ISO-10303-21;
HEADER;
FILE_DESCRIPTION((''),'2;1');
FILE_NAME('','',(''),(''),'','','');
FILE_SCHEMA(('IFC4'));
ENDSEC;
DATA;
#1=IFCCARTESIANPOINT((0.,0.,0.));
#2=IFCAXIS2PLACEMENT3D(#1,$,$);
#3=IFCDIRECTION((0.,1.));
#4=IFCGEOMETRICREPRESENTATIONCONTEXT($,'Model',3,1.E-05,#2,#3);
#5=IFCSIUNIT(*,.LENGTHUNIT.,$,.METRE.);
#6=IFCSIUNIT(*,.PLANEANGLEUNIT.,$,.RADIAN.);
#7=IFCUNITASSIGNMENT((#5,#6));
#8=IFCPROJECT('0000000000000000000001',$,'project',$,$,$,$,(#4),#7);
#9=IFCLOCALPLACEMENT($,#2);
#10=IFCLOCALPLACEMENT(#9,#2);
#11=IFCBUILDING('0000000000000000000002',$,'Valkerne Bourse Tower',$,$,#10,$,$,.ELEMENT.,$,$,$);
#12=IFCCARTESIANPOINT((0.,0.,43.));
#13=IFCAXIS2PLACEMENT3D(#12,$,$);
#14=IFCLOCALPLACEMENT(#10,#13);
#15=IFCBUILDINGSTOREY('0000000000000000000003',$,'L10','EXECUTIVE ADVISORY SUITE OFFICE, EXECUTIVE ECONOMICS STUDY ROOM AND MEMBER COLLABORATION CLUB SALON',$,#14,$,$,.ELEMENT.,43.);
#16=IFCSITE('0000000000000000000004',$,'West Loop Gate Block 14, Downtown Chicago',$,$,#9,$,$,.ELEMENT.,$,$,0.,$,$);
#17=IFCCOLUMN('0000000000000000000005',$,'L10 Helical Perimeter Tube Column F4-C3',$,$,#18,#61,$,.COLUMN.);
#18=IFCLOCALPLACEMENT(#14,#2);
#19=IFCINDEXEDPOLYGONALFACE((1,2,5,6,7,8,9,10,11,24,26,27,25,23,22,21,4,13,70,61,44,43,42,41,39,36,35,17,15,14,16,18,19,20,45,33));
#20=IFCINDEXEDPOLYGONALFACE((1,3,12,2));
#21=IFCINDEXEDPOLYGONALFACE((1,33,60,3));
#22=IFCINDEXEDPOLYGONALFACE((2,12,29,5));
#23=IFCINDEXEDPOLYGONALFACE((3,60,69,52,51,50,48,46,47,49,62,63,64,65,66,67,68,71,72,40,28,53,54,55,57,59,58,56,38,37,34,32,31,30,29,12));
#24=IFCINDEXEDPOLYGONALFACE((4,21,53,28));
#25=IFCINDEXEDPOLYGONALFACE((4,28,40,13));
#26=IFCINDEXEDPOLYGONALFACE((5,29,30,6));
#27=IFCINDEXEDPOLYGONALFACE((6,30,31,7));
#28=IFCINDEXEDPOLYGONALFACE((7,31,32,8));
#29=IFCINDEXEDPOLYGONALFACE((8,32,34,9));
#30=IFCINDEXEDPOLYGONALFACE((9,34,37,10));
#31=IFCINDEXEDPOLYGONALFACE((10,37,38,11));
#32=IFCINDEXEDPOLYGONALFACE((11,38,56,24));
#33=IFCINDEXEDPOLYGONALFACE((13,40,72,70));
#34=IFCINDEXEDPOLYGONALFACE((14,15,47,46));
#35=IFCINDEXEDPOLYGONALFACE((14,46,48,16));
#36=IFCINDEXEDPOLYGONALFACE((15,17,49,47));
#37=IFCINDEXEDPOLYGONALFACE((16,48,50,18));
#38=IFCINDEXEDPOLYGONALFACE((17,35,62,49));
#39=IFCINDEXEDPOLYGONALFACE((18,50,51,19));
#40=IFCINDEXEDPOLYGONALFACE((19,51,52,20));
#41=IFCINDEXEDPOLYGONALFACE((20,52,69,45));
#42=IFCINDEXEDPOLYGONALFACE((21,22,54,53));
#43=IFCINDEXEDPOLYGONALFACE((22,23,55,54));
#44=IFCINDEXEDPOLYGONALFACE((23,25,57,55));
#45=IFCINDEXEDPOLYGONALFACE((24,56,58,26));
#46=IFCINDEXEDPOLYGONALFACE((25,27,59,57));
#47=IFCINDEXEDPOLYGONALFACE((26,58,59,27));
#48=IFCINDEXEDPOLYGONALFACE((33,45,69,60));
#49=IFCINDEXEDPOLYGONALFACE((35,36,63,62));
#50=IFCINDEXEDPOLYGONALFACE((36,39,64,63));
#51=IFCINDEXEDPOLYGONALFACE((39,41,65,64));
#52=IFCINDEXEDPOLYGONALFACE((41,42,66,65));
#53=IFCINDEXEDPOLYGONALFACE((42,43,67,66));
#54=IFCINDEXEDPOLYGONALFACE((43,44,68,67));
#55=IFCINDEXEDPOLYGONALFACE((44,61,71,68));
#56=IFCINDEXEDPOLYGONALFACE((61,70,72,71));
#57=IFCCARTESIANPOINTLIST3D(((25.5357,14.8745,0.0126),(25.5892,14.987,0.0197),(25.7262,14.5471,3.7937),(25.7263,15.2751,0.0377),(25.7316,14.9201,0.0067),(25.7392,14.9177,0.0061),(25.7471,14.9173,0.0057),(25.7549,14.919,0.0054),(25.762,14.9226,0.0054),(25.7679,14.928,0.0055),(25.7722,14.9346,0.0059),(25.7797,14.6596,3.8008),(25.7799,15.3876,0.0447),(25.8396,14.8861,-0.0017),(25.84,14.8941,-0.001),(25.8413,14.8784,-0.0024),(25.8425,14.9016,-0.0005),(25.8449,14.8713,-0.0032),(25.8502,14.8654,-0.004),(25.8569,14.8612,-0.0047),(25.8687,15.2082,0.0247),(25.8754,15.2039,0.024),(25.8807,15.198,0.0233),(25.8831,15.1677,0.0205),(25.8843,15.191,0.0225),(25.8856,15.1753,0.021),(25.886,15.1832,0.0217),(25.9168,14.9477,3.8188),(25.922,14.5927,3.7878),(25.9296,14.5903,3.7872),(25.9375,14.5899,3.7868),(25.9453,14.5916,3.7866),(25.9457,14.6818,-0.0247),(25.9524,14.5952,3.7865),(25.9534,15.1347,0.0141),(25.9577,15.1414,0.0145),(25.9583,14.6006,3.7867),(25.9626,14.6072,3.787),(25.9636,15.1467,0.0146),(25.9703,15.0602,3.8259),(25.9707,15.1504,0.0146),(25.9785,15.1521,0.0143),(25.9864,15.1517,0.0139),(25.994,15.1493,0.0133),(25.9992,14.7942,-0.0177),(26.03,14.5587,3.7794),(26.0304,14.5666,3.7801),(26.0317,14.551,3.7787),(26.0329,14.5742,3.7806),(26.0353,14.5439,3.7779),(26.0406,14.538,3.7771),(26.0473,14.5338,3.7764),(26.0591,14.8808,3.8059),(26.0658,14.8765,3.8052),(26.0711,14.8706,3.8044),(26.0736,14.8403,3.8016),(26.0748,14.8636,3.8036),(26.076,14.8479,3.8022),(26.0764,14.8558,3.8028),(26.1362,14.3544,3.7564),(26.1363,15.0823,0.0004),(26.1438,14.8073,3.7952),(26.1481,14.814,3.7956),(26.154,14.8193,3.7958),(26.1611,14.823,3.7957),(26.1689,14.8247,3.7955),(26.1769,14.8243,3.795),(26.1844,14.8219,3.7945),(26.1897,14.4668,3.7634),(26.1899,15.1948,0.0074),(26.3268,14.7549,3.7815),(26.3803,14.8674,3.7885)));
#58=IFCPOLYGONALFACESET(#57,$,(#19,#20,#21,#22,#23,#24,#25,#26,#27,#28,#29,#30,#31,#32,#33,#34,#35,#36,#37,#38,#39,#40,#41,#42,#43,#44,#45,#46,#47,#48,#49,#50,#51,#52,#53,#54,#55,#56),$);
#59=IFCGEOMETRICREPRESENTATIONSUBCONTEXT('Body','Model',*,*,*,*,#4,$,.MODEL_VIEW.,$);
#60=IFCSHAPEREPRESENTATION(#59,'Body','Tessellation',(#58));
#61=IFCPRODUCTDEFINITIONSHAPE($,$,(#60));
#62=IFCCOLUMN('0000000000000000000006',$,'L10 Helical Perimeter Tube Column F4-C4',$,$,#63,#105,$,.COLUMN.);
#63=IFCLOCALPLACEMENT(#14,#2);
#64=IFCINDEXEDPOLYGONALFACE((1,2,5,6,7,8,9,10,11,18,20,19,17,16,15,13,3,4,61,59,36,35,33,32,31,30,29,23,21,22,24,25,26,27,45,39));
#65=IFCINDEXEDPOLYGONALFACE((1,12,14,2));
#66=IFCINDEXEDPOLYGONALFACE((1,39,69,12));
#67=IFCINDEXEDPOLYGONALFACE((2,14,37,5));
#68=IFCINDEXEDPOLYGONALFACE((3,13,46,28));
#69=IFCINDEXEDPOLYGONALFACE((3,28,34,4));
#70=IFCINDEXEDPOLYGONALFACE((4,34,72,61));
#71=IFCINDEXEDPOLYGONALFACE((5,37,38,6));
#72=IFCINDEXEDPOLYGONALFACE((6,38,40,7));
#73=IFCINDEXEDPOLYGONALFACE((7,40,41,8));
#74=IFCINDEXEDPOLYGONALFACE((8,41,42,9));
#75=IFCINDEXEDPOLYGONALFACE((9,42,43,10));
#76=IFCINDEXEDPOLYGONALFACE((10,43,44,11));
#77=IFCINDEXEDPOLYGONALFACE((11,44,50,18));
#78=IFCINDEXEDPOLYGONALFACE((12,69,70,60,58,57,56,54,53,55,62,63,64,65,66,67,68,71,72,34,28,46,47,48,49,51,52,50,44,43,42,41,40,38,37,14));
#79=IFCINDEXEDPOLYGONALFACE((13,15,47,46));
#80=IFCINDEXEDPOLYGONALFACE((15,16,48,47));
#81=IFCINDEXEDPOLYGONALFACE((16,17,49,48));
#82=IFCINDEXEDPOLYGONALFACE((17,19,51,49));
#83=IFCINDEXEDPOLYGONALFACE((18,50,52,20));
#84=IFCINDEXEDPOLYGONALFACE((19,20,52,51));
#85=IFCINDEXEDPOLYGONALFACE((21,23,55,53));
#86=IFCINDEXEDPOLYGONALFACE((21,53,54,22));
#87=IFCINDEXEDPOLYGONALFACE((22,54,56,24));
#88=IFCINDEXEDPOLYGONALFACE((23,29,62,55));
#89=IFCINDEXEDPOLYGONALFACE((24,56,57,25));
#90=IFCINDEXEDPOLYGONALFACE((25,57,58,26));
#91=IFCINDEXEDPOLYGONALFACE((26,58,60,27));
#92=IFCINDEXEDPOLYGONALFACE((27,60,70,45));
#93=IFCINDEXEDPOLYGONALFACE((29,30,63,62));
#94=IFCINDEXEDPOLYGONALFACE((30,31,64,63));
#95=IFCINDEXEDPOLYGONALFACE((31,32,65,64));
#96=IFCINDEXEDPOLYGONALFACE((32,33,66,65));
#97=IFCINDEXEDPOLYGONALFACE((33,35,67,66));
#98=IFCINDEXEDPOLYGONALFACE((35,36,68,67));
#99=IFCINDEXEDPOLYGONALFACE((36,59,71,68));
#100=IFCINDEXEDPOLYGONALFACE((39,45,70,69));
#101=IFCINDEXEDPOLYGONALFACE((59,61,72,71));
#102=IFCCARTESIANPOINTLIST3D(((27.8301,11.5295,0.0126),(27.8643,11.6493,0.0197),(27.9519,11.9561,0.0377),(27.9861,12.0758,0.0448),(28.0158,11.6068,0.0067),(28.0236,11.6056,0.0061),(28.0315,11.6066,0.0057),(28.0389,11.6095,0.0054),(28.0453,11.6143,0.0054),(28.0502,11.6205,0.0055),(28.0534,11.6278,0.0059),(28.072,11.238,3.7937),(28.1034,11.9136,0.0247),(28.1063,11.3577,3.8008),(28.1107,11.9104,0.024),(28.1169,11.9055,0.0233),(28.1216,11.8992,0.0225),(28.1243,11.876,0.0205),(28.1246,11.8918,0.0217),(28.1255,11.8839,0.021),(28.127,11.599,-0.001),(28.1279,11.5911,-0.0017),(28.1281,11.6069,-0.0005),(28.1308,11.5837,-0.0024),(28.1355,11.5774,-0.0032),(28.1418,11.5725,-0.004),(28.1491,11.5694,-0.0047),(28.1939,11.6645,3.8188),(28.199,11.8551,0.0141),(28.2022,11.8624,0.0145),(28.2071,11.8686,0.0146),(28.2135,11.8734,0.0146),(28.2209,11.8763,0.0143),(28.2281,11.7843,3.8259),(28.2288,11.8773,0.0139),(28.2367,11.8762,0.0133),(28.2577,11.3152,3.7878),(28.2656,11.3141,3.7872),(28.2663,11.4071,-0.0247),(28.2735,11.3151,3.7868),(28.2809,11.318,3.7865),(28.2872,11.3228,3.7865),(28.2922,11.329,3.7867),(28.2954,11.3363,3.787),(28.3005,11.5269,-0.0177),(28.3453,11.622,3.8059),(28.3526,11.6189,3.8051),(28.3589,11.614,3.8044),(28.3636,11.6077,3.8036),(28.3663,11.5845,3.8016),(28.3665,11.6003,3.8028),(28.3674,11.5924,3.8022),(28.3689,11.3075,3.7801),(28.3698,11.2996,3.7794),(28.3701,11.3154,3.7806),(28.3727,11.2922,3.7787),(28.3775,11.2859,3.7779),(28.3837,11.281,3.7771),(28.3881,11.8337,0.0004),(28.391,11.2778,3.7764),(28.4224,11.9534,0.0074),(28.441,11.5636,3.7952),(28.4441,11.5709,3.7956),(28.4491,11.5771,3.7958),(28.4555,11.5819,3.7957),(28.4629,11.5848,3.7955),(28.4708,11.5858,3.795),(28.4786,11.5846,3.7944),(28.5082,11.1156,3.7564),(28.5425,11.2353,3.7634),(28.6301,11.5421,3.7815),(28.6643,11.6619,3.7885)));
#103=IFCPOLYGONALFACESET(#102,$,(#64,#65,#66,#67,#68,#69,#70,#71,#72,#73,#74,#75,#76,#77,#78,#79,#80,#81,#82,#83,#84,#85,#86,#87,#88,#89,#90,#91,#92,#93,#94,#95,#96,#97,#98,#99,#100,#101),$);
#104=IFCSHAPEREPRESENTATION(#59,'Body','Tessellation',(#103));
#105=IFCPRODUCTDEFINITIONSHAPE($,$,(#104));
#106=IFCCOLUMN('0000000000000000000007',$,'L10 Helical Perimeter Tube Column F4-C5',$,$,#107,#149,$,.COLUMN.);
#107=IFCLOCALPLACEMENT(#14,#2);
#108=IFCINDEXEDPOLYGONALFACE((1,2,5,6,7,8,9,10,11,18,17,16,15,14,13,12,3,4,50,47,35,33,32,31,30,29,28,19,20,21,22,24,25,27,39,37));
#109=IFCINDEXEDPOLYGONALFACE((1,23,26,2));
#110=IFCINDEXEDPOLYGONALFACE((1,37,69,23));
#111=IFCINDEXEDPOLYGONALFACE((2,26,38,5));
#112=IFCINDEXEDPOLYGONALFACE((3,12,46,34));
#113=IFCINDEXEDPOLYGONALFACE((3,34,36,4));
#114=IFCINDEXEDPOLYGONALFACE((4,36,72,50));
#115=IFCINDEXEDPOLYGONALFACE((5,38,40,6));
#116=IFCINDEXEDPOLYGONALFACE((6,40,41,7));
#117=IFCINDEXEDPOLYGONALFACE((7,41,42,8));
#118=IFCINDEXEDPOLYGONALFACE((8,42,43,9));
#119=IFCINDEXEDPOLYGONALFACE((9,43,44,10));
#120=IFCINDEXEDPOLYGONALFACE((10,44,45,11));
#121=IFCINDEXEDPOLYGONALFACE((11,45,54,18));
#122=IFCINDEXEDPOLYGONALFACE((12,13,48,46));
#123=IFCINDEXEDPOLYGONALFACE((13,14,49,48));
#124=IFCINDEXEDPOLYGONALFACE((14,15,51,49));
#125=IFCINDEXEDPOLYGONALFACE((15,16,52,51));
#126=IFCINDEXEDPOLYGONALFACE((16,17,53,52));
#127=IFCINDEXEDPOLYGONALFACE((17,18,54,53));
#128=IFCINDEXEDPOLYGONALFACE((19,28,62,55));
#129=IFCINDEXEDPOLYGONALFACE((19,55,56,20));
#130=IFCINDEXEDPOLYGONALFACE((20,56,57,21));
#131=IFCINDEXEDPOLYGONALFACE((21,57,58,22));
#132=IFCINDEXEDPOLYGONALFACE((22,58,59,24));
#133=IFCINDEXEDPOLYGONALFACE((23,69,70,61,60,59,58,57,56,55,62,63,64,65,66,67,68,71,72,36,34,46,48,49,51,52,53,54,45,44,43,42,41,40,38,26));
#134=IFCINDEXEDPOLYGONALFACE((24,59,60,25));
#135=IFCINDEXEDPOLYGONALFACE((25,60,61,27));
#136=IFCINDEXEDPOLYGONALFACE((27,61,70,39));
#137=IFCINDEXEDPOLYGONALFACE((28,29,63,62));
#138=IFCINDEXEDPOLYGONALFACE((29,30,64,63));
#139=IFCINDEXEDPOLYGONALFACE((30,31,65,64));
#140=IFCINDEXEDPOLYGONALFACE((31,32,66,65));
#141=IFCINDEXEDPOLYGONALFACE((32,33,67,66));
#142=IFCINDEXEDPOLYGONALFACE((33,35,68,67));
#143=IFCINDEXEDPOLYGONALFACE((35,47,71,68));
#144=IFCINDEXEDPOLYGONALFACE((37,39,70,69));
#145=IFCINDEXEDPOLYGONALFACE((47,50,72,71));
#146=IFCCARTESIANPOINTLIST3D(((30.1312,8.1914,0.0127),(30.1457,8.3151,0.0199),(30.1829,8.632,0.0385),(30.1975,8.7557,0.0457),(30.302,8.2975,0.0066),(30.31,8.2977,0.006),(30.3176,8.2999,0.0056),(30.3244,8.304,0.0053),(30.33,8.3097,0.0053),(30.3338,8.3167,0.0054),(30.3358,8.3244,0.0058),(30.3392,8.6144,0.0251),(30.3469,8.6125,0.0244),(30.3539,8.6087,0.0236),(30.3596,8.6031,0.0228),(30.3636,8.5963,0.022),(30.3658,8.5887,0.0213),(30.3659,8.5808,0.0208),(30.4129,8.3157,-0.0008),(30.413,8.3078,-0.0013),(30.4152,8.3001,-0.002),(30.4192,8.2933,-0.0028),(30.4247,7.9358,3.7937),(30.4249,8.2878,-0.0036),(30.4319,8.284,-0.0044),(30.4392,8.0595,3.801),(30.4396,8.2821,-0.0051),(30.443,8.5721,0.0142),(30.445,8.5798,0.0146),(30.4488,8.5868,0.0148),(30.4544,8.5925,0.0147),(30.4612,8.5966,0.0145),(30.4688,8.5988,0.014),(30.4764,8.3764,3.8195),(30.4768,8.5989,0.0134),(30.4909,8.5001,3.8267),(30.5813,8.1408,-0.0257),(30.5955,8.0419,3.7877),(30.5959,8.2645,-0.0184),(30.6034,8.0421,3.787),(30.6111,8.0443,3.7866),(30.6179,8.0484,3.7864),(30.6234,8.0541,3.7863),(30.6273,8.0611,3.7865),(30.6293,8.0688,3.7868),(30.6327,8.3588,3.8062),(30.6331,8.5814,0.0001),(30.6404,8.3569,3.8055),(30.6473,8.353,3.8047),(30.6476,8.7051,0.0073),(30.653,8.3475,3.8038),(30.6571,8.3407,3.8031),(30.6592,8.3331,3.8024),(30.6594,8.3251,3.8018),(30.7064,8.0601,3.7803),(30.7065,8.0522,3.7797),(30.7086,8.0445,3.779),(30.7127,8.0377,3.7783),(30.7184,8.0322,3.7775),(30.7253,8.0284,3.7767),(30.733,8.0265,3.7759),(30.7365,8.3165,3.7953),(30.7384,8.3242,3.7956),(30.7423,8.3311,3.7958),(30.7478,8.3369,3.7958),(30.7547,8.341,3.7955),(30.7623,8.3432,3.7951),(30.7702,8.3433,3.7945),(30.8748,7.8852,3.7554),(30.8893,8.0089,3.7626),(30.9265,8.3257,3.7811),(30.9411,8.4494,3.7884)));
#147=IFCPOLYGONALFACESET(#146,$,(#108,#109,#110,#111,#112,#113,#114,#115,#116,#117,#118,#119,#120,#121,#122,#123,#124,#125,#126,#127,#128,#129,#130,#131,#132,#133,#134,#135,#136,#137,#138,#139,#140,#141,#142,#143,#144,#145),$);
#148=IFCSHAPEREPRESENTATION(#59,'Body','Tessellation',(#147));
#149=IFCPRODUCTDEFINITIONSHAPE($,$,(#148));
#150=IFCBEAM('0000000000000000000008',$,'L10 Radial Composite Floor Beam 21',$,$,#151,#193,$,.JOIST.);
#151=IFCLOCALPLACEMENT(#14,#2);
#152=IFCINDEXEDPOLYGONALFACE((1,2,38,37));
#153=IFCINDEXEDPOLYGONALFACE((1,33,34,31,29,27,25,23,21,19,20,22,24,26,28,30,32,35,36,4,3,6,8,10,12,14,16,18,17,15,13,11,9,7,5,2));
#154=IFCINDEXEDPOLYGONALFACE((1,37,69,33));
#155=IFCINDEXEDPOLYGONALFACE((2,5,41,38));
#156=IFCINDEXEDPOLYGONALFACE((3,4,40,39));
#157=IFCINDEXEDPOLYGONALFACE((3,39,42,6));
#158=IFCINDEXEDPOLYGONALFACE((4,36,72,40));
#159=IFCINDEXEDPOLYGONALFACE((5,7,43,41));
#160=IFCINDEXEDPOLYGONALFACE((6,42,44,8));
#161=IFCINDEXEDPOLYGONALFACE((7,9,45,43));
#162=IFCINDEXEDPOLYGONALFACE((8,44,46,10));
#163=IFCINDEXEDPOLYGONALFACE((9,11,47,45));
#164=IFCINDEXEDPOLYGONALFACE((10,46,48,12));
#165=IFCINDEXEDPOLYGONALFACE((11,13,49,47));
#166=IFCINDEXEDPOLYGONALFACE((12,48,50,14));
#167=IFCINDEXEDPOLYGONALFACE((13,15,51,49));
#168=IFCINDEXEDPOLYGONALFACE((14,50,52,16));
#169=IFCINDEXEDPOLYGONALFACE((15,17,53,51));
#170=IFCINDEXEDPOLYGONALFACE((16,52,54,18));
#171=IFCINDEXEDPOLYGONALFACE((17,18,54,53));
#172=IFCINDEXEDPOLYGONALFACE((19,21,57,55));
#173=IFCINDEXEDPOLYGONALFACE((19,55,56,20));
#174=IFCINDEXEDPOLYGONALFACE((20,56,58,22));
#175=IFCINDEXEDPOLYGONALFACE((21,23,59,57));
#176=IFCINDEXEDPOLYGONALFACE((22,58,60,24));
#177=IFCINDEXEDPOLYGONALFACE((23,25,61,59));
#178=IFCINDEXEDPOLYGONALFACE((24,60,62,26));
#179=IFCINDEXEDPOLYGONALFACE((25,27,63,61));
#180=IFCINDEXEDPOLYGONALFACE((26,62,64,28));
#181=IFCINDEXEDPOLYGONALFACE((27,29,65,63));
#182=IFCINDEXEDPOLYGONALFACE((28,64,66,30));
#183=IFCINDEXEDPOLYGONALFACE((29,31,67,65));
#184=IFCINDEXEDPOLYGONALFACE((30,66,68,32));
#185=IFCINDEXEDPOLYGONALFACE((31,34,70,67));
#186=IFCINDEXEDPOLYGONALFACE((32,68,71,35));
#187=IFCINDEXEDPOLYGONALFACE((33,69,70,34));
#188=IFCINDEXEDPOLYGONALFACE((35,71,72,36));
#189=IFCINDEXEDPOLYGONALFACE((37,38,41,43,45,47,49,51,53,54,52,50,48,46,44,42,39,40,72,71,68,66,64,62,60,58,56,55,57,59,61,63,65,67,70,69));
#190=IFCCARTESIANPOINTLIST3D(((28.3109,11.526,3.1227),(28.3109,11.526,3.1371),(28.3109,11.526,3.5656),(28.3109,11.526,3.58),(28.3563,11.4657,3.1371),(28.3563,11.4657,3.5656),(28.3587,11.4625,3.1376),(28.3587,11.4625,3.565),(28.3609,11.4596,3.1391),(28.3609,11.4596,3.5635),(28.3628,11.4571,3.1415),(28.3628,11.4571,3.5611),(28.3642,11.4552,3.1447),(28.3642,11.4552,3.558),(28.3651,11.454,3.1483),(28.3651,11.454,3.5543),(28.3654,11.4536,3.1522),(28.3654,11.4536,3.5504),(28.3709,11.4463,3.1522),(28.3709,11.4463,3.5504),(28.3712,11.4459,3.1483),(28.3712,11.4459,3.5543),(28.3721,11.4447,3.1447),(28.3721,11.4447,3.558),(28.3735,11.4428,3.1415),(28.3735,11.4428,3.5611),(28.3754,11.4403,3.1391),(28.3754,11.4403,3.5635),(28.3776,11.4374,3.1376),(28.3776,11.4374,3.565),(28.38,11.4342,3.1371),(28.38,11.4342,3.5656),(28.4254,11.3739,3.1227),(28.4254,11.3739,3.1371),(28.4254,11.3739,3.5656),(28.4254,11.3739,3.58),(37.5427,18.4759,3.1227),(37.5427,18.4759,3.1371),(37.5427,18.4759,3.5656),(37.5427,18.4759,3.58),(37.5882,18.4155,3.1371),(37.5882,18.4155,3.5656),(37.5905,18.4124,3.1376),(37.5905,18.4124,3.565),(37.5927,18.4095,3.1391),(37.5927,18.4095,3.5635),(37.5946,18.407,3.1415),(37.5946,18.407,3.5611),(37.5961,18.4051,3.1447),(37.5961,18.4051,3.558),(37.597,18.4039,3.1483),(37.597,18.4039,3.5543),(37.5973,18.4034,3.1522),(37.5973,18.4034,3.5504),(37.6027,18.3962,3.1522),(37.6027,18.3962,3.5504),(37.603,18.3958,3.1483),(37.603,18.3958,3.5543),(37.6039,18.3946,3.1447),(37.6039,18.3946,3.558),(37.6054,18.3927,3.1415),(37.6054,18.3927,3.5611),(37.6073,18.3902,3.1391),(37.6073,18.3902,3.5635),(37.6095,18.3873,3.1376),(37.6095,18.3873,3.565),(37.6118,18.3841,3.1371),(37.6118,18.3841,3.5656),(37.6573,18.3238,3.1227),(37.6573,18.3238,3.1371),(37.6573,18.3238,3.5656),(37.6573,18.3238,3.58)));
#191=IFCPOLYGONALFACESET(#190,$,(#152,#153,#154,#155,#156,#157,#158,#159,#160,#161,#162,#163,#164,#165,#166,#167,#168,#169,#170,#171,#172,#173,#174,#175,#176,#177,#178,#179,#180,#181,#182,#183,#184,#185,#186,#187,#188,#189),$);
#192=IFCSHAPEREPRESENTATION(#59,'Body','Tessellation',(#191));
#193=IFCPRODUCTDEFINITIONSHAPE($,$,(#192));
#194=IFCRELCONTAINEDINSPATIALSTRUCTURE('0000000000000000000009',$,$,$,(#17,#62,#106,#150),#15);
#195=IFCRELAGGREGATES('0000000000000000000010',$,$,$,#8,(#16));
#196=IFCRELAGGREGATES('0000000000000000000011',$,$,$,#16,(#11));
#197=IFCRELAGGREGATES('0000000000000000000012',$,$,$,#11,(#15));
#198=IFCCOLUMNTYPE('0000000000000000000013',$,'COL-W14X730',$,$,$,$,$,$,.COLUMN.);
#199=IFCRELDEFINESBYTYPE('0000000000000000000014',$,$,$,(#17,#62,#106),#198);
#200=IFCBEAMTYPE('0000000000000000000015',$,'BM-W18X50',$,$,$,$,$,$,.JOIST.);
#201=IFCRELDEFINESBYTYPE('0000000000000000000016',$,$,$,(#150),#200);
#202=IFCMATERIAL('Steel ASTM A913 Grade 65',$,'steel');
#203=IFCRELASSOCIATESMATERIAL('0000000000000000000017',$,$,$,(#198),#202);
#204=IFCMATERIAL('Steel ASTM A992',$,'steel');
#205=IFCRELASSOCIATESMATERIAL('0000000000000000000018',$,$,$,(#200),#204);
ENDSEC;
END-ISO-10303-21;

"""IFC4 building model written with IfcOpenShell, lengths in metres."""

from ifc_helpers import new_model, si_unit, direction, frame, origin, origin_2d, place, context, subcontext, project, spatial, i_section, extrude, material, material_profile, profile_set, type_object, element, save


model = new_model("IFC4")

# Units and contexts
model_context = context("Model", 3, precision=1e-05, world=origin(), true_north=direction((0.0, 1.0)))
body_context = subcontext(model_context, "Body", "Model", "MODEL_VIEW")
ifc_project = project(units=[si_unit("LENGTHUNIT", "METRE"), si_unit("PLANEANGLEUNIT", "RADIAN")], contexts=[model_context])

# Site, building, storey
site_placement = place(None, origin())
site = spatial("IfcSite", under=ifc_project, at=site_placement, Name="West Loop Gate Block 14, Downtown Chicago", CompositionType="ELEMENT", RefElevation=0.0)
building_placement = place(site_placement, origin())
building = spatial("IfcBuilding", under=site, at=building_placement, Name="Valkerne Bourse Tower", CompositionType="ELEMENT")
storey_placement = place(building_placement, frame((0.0, 0.0, 43.0)))
storey = spatial("IfcBuildingStorey", under=building, at=storey_placement, Name="L10", Description="EXECUTIVE ADVISORY SUITE OFFICE, EXECUTIVE ECONOMICS STUDY ROOM AND MEMBER COLLABORATION CLUB SALON", CompositionType="ELEMENT", Elevation=43.0)

# Columns
ifc_material_1 = material(Name="Steel ASTM A913 Grade 65", Category="steel")
ifc_material_profile_1 = material_profile(ifc_material_1, i_section(OverallWidth=0.4546, OverallDepth=0.5691, WebThickness=0.0779, FlangeThickness=0.1248, FilletRadius=0.0305, at=origin_2d()), Name="W14X730")
ifc_profile_set_1 = profile_set([ifc_material_profile_1], Name="Steel ASTM A913 Grade 65")
column_type = type_object("IfcColumnType", Name="COL-W14X730", PredefinedType="COLUMN", material=ifc_profile_set_1)
for number, where, z_axis, x_axis, name in (
    (1, (25.8628, 15.0347, 0.01), (0.050114, -0.086158, 0.99502), (0.901905, -0.424053, -0.082142), "L10 Helical Perimeter Tube Column F4-C3"),
    (2, (28.1262, 11.7415, 0.01), (0.06367, -0.076713, 0.995018), (0.959558, -0.269254, -0.08216), "L10 Helical Perimeter Tube Column F4-C4"),
):
    element("IfcColumn", number, at=place(storey_placement, frame(where, z_axis=z_axis, x_axis=x_axis)), inside=storey, type_object=column_type, Name=name, PredefinedType="COLUMN", context=body_context, shape_type="SweptSolid", body=[
        extrude(i_section(OverallWidth=0.4546, OverallDepth=0.5691, WebThickness=0.0779, FlangeThickness=0.1248, FilletRadius=0.0305, at=origin_2d()), origin(), (0.0, 0.0, 1.0), 3.8),
    ])
column_placement = place(storey_placement, frame((30.3894, 8.4482, 0.01), z_axis=(0.077206, -0.06725, 0.994745), x_axis=(0.990192, -0.111354, -0.08438)))
element("IfcColumn", 3, at=column_placement, inside=storey, type_object=column_type, Name="L10 Helical Perimeter Tube Column F4-C5", PredefinedType="COLUMN", context=body_context, shape_type="SweptSolid", body=[
    extrude(i_section(OverallWidth=0.4546, OverallDepth=0.5691, WebThickness=0.0779, FlangeThickness=0.1248, FilletRadius=0.0305, at=origin_2d()), origin(), (0.0, 0.0, 1.0), 3.801),
])

# Beam
ifc_material_2 = material(Name="Steel ASTM A992", Category="steel")
ifc_material_profile_2 = material_profile(ifc_material_2, i_section(OverallWidth=0.1904, OverallDepth=0.4573, WebThickness=0.009, FlangeThickness=0.0144, FilletRadius=0.0151, at=origin_2d()), Name="W18X50")
ifc_profile_set_2 = profile_set([ifc_material_profile_2], Name="Steel ASTM A992")
beam_type_1 = type_object("IfcBeamType", Name="BM-W18X50", PredefinedType="JOIST", material=ifc_profile_set_2)
beam_1_placement = place(storey_placement, frame((28.3682, 11.45, 3.3513), z_axis=(0.798919, 0.601439, 0.0), x_axis=(-0.601439, 0.798919, 0.0)))
element("IfcBeam", 4, at=beam_1_placement, inside=storey, type_object=beam_type_1, Name="L10 Radial Composite Floor Beam 21", PredefinedType="JOIST", context=body_context, shape_type="SweptSolid", body=[
    extrude(i_section(OverallWidth=0.1904, OverallDepth=0.4573, WebThickness=0.009, FlangeThickness=0.0144, FilletRadius=0.0151, at=origin_2d()), origin(), (0.0, 0.0, 1.0), 11.5554),
])

save(model, "model.ifc")
